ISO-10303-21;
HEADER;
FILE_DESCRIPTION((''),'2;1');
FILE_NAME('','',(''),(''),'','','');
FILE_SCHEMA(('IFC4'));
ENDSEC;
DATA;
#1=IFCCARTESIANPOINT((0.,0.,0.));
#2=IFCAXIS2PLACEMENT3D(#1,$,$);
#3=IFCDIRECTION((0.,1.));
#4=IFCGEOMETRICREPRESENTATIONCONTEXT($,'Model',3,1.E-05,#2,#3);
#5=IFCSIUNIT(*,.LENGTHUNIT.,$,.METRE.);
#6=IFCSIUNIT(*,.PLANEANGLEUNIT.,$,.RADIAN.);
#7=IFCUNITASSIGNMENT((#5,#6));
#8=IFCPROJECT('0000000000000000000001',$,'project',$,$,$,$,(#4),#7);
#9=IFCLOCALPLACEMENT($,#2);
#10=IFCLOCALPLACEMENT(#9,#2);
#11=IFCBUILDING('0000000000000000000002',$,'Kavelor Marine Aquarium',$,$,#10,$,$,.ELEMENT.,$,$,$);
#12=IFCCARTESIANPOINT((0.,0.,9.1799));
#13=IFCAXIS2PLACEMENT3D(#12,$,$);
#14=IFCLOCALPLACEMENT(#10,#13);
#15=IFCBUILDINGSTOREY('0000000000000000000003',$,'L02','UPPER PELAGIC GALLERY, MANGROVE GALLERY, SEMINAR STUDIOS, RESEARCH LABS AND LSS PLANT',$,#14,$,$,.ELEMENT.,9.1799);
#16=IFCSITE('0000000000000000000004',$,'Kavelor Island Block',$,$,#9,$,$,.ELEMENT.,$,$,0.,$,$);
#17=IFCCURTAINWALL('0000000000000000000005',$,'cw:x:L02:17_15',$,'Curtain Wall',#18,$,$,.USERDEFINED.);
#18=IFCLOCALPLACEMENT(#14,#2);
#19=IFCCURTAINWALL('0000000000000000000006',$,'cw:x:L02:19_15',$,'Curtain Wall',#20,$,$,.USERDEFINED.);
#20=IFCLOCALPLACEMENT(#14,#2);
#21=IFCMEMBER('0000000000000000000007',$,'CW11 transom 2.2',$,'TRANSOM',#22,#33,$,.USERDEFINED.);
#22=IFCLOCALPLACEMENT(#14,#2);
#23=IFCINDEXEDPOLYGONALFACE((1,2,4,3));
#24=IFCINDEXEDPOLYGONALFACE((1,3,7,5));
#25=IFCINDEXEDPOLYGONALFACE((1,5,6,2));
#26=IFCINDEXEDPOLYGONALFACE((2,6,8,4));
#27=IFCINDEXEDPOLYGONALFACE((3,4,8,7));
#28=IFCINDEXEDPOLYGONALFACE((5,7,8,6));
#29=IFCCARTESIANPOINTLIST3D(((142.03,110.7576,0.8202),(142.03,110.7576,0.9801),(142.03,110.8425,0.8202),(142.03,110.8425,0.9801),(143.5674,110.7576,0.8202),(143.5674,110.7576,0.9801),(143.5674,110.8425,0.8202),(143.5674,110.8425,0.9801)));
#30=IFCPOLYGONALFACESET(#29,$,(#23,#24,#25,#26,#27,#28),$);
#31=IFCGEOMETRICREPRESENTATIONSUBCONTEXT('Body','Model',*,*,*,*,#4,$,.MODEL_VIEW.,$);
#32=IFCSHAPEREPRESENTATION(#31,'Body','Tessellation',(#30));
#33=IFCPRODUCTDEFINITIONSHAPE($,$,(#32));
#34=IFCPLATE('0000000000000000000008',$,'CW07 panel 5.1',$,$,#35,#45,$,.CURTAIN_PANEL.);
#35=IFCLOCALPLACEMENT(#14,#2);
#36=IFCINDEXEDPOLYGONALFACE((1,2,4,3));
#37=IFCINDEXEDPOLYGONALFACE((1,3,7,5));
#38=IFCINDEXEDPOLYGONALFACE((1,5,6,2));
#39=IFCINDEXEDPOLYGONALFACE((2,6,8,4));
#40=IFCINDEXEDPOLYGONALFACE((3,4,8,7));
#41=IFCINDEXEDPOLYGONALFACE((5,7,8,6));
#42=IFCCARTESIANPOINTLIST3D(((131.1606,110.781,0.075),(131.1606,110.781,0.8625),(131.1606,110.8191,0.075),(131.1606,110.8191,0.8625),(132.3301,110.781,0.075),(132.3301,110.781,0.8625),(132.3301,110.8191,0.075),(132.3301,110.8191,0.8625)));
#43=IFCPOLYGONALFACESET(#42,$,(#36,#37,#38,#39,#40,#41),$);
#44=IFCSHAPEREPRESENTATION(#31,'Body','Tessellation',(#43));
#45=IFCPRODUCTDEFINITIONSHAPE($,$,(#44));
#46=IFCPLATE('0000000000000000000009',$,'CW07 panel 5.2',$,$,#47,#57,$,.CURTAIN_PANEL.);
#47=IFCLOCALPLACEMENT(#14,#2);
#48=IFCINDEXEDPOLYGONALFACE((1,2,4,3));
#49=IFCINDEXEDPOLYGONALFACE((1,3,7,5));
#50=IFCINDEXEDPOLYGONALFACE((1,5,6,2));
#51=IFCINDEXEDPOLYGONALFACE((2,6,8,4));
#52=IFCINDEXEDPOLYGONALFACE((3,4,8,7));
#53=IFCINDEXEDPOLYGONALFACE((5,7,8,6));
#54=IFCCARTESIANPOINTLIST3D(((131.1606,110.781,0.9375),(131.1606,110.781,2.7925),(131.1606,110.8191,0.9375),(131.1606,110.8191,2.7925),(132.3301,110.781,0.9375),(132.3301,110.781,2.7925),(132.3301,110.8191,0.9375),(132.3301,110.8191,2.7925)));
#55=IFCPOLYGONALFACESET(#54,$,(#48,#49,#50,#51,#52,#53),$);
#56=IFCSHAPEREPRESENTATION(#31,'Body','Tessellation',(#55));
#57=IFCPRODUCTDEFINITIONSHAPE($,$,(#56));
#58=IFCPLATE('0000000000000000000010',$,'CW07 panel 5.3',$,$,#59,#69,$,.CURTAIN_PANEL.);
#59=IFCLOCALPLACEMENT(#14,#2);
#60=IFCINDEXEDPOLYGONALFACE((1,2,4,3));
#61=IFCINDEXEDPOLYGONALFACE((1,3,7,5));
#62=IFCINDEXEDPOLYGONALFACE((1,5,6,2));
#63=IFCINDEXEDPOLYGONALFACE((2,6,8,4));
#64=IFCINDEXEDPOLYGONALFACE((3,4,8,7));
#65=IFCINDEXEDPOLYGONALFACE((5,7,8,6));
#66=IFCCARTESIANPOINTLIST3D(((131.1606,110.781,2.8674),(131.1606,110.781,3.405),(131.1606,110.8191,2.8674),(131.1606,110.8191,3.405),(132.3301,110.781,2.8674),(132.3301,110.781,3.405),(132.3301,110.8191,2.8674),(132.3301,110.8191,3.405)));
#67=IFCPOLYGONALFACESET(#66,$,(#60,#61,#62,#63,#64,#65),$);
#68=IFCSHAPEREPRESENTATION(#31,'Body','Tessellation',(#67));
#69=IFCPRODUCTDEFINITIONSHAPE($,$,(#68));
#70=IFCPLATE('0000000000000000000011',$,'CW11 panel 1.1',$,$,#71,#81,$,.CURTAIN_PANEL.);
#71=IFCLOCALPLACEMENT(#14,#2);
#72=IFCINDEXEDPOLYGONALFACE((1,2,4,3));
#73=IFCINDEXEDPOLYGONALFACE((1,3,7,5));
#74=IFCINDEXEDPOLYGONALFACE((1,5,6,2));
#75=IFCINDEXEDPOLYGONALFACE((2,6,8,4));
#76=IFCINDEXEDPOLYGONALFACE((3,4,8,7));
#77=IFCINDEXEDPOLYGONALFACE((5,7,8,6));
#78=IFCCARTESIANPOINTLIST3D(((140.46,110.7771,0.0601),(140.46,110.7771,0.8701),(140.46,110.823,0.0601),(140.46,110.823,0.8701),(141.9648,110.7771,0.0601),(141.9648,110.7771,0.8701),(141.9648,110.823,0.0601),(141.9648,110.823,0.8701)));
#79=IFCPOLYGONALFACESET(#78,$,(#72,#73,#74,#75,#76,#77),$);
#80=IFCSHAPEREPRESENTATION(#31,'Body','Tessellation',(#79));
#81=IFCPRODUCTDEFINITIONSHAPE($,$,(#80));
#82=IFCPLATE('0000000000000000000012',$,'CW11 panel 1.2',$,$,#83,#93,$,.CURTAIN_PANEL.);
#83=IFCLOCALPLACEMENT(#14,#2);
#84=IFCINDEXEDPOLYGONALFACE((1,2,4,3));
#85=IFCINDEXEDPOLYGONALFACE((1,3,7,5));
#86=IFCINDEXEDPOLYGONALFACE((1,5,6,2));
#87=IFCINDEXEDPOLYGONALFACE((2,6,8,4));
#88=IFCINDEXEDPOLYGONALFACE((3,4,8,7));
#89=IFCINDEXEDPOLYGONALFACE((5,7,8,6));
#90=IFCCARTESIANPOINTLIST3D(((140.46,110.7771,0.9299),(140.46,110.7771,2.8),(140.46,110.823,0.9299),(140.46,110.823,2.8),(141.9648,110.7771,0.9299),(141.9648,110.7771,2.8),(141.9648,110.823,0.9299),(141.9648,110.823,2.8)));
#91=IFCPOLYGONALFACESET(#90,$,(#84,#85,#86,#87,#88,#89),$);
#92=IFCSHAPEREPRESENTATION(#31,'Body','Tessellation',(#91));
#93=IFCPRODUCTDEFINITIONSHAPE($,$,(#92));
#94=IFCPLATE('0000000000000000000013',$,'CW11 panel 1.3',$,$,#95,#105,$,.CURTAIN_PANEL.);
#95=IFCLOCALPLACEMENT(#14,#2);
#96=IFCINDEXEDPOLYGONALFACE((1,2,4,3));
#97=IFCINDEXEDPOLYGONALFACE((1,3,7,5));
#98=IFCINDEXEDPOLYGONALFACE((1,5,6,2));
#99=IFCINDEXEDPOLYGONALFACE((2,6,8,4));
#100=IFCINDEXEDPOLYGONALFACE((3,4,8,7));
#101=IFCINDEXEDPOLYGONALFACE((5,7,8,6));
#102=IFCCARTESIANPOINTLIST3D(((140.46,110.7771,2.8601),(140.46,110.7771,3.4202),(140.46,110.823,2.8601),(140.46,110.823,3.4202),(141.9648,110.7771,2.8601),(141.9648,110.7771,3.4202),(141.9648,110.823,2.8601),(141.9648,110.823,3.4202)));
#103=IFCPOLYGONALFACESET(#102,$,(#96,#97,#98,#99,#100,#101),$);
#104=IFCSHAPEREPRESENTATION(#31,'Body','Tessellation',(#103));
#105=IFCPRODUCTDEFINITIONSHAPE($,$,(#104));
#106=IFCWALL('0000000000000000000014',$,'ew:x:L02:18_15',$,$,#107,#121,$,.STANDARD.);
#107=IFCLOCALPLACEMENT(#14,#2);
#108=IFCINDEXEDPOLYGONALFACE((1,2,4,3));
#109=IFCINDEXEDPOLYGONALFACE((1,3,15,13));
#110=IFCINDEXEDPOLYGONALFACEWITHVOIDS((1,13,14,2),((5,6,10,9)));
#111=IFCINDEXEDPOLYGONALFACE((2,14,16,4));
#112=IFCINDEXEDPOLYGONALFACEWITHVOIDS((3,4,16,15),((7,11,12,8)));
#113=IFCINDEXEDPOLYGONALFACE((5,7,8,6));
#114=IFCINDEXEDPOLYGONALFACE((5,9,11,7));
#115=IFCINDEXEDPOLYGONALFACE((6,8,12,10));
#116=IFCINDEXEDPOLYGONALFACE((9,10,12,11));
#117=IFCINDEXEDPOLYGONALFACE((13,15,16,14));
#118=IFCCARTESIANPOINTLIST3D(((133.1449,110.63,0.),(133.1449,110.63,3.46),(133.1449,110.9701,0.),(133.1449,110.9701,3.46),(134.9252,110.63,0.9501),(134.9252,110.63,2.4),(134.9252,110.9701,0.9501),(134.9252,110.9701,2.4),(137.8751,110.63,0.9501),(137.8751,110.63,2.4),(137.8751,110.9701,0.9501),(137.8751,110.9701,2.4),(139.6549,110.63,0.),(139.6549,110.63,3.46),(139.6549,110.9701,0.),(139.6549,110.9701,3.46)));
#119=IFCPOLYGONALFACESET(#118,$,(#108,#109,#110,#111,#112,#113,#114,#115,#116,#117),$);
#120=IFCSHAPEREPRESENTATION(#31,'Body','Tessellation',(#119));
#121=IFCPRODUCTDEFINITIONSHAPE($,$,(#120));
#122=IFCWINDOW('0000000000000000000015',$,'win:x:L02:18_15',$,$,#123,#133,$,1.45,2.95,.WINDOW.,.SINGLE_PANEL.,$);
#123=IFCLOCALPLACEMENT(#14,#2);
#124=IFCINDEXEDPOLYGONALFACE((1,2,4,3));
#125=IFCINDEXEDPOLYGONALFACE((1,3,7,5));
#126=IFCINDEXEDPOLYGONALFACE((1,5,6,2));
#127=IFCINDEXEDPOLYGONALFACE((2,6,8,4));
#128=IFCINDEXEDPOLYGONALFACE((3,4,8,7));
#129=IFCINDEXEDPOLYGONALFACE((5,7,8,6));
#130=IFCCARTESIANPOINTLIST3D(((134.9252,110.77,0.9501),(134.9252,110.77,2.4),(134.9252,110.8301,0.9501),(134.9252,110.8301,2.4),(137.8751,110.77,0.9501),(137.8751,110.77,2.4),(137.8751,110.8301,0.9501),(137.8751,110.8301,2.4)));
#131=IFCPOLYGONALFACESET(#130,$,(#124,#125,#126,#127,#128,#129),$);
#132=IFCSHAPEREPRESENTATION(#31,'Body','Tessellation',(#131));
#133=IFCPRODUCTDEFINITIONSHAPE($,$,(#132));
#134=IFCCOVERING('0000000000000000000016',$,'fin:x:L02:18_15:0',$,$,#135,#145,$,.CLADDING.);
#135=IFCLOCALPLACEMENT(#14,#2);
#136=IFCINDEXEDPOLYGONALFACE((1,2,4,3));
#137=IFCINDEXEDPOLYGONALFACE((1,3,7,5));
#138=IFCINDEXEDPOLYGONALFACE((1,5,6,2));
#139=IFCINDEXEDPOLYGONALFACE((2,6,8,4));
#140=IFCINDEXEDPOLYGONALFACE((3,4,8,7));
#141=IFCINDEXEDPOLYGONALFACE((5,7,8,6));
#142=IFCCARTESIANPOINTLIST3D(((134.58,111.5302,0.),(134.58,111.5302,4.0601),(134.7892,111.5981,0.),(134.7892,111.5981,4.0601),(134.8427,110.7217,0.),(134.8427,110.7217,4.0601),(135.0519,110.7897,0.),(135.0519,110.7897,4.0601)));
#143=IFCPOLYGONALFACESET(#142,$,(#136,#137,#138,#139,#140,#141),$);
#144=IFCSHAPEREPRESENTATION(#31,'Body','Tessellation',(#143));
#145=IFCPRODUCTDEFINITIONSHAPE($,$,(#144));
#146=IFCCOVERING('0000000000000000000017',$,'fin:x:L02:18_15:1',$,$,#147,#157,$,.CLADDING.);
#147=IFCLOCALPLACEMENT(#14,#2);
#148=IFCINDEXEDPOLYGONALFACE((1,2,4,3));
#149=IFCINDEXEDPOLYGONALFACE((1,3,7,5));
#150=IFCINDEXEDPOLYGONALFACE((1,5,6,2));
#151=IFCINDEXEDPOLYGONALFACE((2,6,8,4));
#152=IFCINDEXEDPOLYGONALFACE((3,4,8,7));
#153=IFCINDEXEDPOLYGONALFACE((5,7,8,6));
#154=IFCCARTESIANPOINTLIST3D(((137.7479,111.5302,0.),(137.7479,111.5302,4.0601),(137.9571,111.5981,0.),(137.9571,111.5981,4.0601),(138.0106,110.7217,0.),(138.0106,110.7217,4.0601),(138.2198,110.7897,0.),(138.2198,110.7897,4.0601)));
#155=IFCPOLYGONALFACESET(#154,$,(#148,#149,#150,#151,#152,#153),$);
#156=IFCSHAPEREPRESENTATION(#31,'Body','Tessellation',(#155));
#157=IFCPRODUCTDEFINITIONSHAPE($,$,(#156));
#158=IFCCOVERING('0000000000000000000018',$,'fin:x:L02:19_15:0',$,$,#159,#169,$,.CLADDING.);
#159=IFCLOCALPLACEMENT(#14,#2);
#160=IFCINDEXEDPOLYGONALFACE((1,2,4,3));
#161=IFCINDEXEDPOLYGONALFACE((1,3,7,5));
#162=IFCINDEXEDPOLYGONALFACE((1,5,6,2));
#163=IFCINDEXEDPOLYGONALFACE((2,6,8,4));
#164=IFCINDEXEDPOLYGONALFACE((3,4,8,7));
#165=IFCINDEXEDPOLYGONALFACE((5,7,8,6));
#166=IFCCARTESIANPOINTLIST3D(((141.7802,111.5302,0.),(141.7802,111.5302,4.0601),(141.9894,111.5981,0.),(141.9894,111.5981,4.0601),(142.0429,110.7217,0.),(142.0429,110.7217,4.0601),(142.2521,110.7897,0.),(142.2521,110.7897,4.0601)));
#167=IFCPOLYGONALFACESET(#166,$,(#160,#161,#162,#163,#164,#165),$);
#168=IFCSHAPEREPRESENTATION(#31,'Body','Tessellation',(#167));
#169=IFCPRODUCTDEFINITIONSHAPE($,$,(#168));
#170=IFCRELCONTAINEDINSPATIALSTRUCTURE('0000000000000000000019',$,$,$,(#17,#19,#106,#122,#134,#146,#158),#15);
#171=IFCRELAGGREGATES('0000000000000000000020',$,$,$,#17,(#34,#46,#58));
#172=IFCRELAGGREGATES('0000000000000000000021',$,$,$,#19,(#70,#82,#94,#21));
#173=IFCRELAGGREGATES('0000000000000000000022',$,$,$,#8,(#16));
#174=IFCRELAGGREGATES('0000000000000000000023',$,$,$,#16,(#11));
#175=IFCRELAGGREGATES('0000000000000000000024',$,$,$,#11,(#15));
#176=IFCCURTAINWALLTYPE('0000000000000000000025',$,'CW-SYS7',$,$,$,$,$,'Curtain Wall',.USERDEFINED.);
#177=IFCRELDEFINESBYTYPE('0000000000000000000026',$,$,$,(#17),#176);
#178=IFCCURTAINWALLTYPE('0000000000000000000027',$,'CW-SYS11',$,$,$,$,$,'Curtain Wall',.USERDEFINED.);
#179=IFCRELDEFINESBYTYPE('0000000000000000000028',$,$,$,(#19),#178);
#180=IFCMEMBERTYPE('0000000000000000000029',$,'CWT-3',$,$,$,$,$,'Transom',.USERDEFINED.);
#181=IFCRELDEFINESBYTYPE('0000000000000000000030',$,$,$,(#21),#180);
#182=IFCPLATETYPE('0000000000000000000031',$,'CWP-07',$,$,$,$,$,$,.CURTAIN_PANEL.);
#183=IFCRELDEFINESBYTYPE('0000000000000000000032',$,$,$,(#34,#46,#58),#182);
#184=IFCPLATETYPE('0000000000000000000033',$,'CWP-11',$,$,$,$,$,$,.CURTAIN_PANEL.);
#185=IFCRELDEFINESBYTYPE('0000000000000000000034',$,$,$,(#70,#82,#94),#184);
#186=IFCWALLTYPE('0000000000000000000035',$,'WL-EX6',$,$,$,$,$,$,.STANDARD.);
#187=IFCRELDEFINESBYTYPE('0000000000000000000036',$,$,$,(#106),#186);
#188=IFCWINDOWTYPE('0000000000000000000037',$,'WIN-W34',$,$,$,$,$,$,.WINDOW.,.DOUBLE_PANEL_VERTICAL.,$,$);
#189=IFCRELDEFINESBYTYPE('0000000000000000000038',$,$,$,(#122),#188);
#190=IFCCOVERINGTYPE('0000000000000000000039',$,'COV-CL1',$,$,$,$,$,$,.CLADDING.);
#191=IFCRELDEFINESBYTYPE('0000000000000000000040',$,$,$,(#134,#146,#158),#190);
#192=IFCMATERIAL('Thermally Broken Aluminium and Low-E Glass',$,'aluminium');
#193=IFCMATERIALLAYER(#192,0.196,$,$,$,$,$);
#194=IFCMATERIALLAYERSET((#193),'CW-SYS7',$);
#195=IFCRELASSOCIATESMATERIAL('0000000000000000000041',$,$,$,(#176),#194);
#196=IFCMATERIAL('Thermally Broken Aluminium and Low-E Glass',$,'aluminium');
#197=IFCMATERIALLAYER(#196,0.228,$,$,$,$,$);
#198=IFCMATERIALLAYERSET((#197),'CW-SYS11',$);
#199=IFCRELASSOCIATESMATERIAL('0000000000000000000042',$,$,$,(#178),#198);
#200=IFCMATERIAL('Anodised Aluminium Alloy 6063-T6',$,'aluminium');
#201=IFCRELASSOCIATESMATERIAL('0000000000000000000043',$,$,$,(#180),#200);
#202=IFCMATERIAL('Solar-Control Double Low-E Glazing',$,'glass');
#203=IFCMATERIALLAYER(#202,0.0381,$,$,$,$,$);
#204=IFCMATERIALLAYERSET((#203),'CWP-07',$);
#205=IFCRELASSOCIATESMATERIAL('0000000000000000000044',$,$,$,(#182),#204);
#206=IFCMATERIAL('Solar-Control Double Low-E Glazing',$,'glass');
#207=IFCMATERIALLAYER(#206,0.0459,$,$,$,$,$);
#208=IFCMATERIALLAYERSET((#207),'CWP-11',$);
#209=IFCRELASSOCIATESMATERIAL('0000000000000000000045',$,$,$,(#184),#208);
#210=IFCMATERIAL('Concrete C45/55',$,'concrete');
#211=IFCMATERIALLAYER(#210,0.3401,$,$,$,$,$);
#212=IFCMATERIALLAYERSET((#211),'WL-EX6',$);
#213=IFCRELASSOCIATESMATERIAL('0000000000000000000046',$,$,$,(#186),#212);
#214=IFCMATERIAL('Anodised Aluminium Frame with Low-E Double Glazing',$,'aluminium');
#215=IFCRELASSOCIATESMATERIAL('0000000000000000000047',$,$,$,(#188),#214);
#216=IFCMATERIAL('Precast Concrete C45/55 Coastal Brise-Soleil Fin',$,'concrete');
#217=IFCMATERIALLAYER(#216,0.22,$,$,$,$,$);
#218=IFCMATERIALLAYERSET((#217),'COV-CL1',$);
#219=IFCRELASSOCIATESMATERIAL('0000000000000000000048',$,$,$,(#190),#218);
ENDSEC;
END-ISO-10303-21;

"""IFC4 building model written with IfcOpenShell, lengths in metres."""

from ifc_helpers import new_model, si_unit, direction, frame, frame_2d, origin, origin_2d, place, context, subcontext, project, spatial, rectangle, extrude, material, layer, layer_set, material_profile, profile_set, type_object, element, fill, aggregate, save


model = new_model("IFC4")

# Units and contexts
model_context = context("Model", 3, precision=1e-05, world=origin(), true_north=direction((0.0, 1.0)))
body_context = subcontext(model_context, "Body", "Model", "MODEL_VIEW")
ifc_project = project(units=[si_unit("LENGTHUNIT", "METRE"), si_unit("PLANEANGLEUNIT", "RADIAN")], contexts=[model_context])

# Site, building, storey
site_placement = place(None, origin())
site = spatial("IfcSite", under=ifc_project, at=site_placement, Name="Kavelor Island Block", CompositionType="ELEMENT", RefElevation=0.0)
building_placement = place(site_placement, origin())
building = spatial("IfcBuilding", under=site, at=building_placement, Name="Kavelor Marine Aquarium", CompositionType="ELEMENT")
storey_placement = place(building_placement, frame((0.0, 0.0, 9.1799)))
storey = spatial("IfcBuildingStorey", under=building, at=storey_placement, Name="L02", Description="UPPER PELAGIC GALLERY, MANGROVE GALLERY, SEMINAR STUDIOS, RESEARCH LABS AND LSS PLANT", CompositionType="ELEMENT", Elevation=9.1799)

# Curtain wall
ifc_material_1 = material(Name="Thermally Broken Aluminium and Low-E Glass", Category="aluminium")
ifc_layer_1 = layer(ifc_material_1, 0.196)
ifc_layer_set_1 = layer_set([ifc_layer_1], Name="CW-SYS7")
curtain_wall_type_1 = type_object("IfcCurtainWallType", Name="CW-SYS7", ElementType="Curtain Wall", PredefinedType="USERDEFINED", material=ifc_layer_set_1)
curtain_wall_1_placement = place(storey_placement, origin())
curtain_wall_1 = element("IfcCurtainWall", 1, at=curtain_wall_1_placement, inside=storey, type_object=curtain_wall_type_1, Name="cw:x:L02:17_15", ObjectType="Curtain Wall", PredefinedType="USERDEFINED")

# Curtain wall
ifc_material_2 = material(Name="Thermally Broken Aluminium and Low-E Glass", Category="aluminium")
ifc_layer_2 = layer(ifc_material_2, 0.228)
ifc_layer_set_2 = layer_set([ifc_layer_2], Name="CW-SYS11")
curtain_wall_type_2 = type_object("IfcCurtainWallType", Name="CW-SYS11", ElementType="Curtain Wall", PredefinedType="USERDEFINED", material=ifc_layer_set_2)
curtain_wall_2_placement = place(storey_placement, origin())
curtain_wall_2 = element("IfcCurtainWall", 2, at=curtain_wall_2_placement, inside=storey, type_object=curtain_wall_type_2, Name="cw:x:L02:19_15", ObjectType="Curtain Wall", PredefinedType="USERDEFINED")

# Member
ifc_material_3 = material(Name="Anodised Aluminium Alloy 6063-T6", Category="aluminium")
ifc_material_profile_1 = material_profile(ifc_material_3, rectangle(XDim=0.085, YDim=0.1599, at=origin_2d()), Name="CW-TRN 85x160")
ifc_profile_set_1 = profile_set([ifc_material_profile_1], Name="Anodised Aluminium Alloy 6063-T6")
member_type_1 = type_object("IfcMemberType", Name="CWT-3", ElementType="Transom", PredefinedType="USERDEFINED", material=ifc_profile_set_1)
member_1_placement = place(storey_placement, frame((142.03, 110.8, 0.9001), z_axis=(1.0, 0.0, 0.0), x_axis=(0.0, 1.0, 0.0)))
member_1 = element("IfcMember", 3, at=member_1_placement, type_object=member_type_1, Name="CW11 transom 2.2", ObjectType="TRANSOM", PredefinedType="USERDEFINED", context=body_context, shape_type="SweptSolid", body=[
    extrude(rectangle(XDim=0.085, YDim=0.1599, at=origin_2d()), origin(), (0.0, 0.0, 1.0), 1.5374),
])

# Plates
ifc_material_4 = material(Name="Solar-Control Double Low-E Glazing", Category="glass")
ifc_layer_3 = layer(ifc_material_4, 0.0381)
ifc_layer_set_3 = layer_set([ifc_layer_3], Name="CWP-07")
plate_type_1 = type_object("IfcPlateType", Name="CWP-07", PredefinedType="CURTAIN_PANEL", material=ifc_layer_set_3)
plate_1_placement = place(storey_placement, frame((131.7454, 110.8, 0.075), z_axis=(0.0, 0.0, 1.0), x_axis=(1.0, 0.0, 0.0)))
plate_1 = element("IfcPlate", 4, at=plate_1_placement, type_object=plate_type_1, Name="CW07 panel 5.1", PredefinedType="CURTAIN_PANEL", context=body_context, shape_type="SweptSolid", body=[
    extrude(rectangle(XDim=1.1694, YDim=0.0381, at=origin_2d()), origin(), (0.0, 0.0, 1.0), 0.7876),
])
plate_2_placement = place(storey_placement, frame((131.7454, 110.8, 0.9375), z_axis=(0.0, 0.0, 1.0), x_axis=(1.0, 0.0, 0.0)))
plate_2 = element("IfcPlate", 5, at=plate_2_placement, type_object=plate_type_1, Name="CW07 panel 5.2", PredefinedType="CURTAIN_PANEL", context=body_context, shape_type="SweptSolid", body=[
    extrude(rectangle(XDim=1.1694, YDim=0.0381, at=origin_2d()), origin(), (0.0, 0.0, 1.0), 1.855),
])
plate_3_placement = place(storey_placement, frame((131.7454, 110.8, 2.8674), z_axis=(0.0, 0.0, 1.0), x_axis=(1.0, 0.0, 0.0)))
plate_3 = element("IfcPlate", 6, at=plate_3_placement, type_object=plate_type_1, Name="CW07 panel 5.3", PredefinedType="CURTAIN_PANEL", context=body_context, shape_type="SweptSolid", body=[
    extrude(rectangle(XDim=1.1694, YDim=0.0381, at=origin_2d()), origin(), (0.0, 0.0, 1.0), 0.5376),
])
aggregate(curtain_wall_1, [plate_1, plate_2, plate_3])
ifc_material_5 = material(Name="Solar-Control Double Low-E Glazing", Category="glass")
ifc_layer_4 = layer(ifc_material_5, 0.0459)
ifc_layer_set_4 = layer_set([ifc_layer_4], Name="CWP-11")
plate_type_2 = type_object("IfcPlateType", Name="CWP-11", PredefinedType="CURTAIN_PANEL", material=ifc_layer_set_4)
plate_4_placement = place(storey_placement, frame((141.2124, 110.8, 0.0601), z_axis=(0.0, 0.0, 1.0), x_axis=(1.0, 0.0, 0.0)))
plate_4 = element("IfcPlate", 7, at=plate_4_placement, type_object=plate_type_2, Name="CW11 panel 1.1", PredefinedType="CURTAIN_PANEL", context=body_context, shape_type="SweptSolid", body=[
    extrude(rectangle(XDim=1.5049, YDim=0.0459, at=origin_2d()), origin(), (0.0, 0.0, 1.0), 0.8101),
])
plate_5_placement = place(storey_placement, frame((141.2124, 110.8, 0.9299), z_axis=(0.0, 0.0, 1.0), x_axis=(1.0, 0.0, 0.0)))
plate_5 = element("IfcPlate", 8, at=plate_5_placement, type_object=plate_type_2, Name="CW11 panel 1.2", PredefinedType="CURTAIN_PANEL", context=body_context, shape_type="SweptSolid", body=[
    extrude(rectangle(XDim=1.5049, YDim=0.0459, at=origin_2d()), origin(), (0.0, 0.0, 1.0), 1.8701),
])
plate_6_placement = place(storey_placement, frame((141.2124, 110.8, 2.8601), z_axis=(0.0, 0.0, 1.0), x_axis=(1.0, 0.0, 0.0)))
plate_6 = element("IfcPlate", 9, at=plate_6_placement, type_object=plate_type_2, Name="CW11 panel 1.3", PredefinedType="CURTAIN_PANEL", context=body_context, shape_type="SweptSolid", body=[
    extrude(rectangle(XDim=1.5049, YDim=0.0459, at=origin_2d()), origin(), (0.0, 0.0, 1.0), 0.5601),
])
aggregate(curtain_wall_2, [plate_4, plate_5, plate_6, member_1])

# Wall, opening, window
ifc_material_6 = material(Name="Concrete C45/55", Category="concrete")
ifc_layer_5 = layer(ifc_material_6, 0.3401)
ifc_layer_set_5 = layer_set([ifc_layer_5], Name="WL-EX6")
wall_type = type_object("IfcWallType", Name="WL-EX6", PredefinedType="STANDARD", material=ifc_layer_set_5)
wall_placement = place(storey_placement, frame((133.145, 110.8, 0.0), z_axis=(0.0, 0.0, 1.0), x_axis=(1.0, 0.0, 0.0)))
wall = element("IfcWall", 10, at=wall_placement, inside=storey, type_object=wall_type, Name="ew:x:L02:18_15", PredefinedType="STANDARD", context=body_context, shape_type="SweptSolid", body=[
    extrude(rectangle(XDim=6.51, YDim=0.3401, at=frame_2d((3.2549, 0.0))), origin(), (0.0, 0.0, 1.0), 3.46),
])
opening_placement = place(wall_placement, frame((1.78, 0.0, 0.95)))
opening = element("IfcOpeningElement", 11, at=opening_placement, cuts=wall, PredefinedType="OPENING", context=body_context, shape_type="SweptSolid", body=[
    extrude(rectangle(XDim=2.95, YDim=1.45, at=frame_2d((1.4751, 0.7251))), frame((0.0, 0.1799, 0.0), z_axis=(0.0, -1.0, 0.0), x_axis=(1.0, 0.0, 0.0)), (0.0, 0.0, 1.0), 0.3601),
])
ifc_material_7 = material(Name="Anodised Aluminium Frame with Low-E Double Glazing", Category="aluminium")
window_type = type_object("IfcWindowType", Name="WIN-W34", PartitioningType="DOUBLE_PANEL_VERTICAL", PredefinedType="WINDOW", material=ifc_material_7)
window_placement = place(opening_placement, origin())
window = element("IfcWindow", 12, at=window_placement, inside=storey, type_object=window_type, Name="win:x:L02:18_15", OverallHeight=1.45, OverallWidth=2.95, PartitioningType="SINGLE_PANEL", PredefinedType="WINDOW", context=body_context, shape_type="SweptSolid", body=[
    extrude(rectangle(XDim=2.95, YDim=1.45, at=frame_2d((1.4751, 0.7251))), frame((0.0, 0.03, 0.0), z_axis=(0.0, -1.0, 0.0), x_axis=(1.0, 0.0, 0.0)), (0.0, 0.0, 1.0), 0.0601),
])
fill(opening, window)

# Coverings
ifc_material_8 = material(Name="Precast Concrete C45/55 Coastal Brise-Soleil Fin", Category="concrete")
ifc_layer_6 = layer(ifc_material_8, 0.22)
ifc_layer_set_6 = layer_set([ifc_layer_6], Name="COV-CL1")
covering_type = type_object("IfcCoveringType", Name="COV-CL1", PredefinedType="CLADDING", material=ifc_layer_set_6)
for number, where, z_axis, x_axis, name in (
    (13, (134.8159, 111.1599, 0.0), (0.0, 0.0, 1.0), (0.951057, 0.309017, 0.0), "fin:x:L02:18_15:0"),
    (14, (137.9839, 111.1599, 0.0), (0.0, 0.0, 1.0), (0.951057, 0.309017, 0.0), "fin:x:L02:18_15:1"),
    (15, (142.0161, 111.1599, 0.0), (0.0, 0.0, 1.0), (0.951057, 0.309017, 0.0), "fin:x:L02:19_15:0"),
):
    element("IfcCovering", number, at=place(storey_placement, frame(where, z_axis=z_axis, x_axis=x_axis)), inside=storey, type_object=covering_type, Name=name, PredefinedType="CLADDING", context=body_context, shape_type="SweptSolid", body=[
        extrude(rectangle(XDim=0.22, YDim=0.8501, at=origin_2d()), origin(), (0.0, 0.0, 1.0), 4.0601),
    ])

save(model, "model.ifc")
